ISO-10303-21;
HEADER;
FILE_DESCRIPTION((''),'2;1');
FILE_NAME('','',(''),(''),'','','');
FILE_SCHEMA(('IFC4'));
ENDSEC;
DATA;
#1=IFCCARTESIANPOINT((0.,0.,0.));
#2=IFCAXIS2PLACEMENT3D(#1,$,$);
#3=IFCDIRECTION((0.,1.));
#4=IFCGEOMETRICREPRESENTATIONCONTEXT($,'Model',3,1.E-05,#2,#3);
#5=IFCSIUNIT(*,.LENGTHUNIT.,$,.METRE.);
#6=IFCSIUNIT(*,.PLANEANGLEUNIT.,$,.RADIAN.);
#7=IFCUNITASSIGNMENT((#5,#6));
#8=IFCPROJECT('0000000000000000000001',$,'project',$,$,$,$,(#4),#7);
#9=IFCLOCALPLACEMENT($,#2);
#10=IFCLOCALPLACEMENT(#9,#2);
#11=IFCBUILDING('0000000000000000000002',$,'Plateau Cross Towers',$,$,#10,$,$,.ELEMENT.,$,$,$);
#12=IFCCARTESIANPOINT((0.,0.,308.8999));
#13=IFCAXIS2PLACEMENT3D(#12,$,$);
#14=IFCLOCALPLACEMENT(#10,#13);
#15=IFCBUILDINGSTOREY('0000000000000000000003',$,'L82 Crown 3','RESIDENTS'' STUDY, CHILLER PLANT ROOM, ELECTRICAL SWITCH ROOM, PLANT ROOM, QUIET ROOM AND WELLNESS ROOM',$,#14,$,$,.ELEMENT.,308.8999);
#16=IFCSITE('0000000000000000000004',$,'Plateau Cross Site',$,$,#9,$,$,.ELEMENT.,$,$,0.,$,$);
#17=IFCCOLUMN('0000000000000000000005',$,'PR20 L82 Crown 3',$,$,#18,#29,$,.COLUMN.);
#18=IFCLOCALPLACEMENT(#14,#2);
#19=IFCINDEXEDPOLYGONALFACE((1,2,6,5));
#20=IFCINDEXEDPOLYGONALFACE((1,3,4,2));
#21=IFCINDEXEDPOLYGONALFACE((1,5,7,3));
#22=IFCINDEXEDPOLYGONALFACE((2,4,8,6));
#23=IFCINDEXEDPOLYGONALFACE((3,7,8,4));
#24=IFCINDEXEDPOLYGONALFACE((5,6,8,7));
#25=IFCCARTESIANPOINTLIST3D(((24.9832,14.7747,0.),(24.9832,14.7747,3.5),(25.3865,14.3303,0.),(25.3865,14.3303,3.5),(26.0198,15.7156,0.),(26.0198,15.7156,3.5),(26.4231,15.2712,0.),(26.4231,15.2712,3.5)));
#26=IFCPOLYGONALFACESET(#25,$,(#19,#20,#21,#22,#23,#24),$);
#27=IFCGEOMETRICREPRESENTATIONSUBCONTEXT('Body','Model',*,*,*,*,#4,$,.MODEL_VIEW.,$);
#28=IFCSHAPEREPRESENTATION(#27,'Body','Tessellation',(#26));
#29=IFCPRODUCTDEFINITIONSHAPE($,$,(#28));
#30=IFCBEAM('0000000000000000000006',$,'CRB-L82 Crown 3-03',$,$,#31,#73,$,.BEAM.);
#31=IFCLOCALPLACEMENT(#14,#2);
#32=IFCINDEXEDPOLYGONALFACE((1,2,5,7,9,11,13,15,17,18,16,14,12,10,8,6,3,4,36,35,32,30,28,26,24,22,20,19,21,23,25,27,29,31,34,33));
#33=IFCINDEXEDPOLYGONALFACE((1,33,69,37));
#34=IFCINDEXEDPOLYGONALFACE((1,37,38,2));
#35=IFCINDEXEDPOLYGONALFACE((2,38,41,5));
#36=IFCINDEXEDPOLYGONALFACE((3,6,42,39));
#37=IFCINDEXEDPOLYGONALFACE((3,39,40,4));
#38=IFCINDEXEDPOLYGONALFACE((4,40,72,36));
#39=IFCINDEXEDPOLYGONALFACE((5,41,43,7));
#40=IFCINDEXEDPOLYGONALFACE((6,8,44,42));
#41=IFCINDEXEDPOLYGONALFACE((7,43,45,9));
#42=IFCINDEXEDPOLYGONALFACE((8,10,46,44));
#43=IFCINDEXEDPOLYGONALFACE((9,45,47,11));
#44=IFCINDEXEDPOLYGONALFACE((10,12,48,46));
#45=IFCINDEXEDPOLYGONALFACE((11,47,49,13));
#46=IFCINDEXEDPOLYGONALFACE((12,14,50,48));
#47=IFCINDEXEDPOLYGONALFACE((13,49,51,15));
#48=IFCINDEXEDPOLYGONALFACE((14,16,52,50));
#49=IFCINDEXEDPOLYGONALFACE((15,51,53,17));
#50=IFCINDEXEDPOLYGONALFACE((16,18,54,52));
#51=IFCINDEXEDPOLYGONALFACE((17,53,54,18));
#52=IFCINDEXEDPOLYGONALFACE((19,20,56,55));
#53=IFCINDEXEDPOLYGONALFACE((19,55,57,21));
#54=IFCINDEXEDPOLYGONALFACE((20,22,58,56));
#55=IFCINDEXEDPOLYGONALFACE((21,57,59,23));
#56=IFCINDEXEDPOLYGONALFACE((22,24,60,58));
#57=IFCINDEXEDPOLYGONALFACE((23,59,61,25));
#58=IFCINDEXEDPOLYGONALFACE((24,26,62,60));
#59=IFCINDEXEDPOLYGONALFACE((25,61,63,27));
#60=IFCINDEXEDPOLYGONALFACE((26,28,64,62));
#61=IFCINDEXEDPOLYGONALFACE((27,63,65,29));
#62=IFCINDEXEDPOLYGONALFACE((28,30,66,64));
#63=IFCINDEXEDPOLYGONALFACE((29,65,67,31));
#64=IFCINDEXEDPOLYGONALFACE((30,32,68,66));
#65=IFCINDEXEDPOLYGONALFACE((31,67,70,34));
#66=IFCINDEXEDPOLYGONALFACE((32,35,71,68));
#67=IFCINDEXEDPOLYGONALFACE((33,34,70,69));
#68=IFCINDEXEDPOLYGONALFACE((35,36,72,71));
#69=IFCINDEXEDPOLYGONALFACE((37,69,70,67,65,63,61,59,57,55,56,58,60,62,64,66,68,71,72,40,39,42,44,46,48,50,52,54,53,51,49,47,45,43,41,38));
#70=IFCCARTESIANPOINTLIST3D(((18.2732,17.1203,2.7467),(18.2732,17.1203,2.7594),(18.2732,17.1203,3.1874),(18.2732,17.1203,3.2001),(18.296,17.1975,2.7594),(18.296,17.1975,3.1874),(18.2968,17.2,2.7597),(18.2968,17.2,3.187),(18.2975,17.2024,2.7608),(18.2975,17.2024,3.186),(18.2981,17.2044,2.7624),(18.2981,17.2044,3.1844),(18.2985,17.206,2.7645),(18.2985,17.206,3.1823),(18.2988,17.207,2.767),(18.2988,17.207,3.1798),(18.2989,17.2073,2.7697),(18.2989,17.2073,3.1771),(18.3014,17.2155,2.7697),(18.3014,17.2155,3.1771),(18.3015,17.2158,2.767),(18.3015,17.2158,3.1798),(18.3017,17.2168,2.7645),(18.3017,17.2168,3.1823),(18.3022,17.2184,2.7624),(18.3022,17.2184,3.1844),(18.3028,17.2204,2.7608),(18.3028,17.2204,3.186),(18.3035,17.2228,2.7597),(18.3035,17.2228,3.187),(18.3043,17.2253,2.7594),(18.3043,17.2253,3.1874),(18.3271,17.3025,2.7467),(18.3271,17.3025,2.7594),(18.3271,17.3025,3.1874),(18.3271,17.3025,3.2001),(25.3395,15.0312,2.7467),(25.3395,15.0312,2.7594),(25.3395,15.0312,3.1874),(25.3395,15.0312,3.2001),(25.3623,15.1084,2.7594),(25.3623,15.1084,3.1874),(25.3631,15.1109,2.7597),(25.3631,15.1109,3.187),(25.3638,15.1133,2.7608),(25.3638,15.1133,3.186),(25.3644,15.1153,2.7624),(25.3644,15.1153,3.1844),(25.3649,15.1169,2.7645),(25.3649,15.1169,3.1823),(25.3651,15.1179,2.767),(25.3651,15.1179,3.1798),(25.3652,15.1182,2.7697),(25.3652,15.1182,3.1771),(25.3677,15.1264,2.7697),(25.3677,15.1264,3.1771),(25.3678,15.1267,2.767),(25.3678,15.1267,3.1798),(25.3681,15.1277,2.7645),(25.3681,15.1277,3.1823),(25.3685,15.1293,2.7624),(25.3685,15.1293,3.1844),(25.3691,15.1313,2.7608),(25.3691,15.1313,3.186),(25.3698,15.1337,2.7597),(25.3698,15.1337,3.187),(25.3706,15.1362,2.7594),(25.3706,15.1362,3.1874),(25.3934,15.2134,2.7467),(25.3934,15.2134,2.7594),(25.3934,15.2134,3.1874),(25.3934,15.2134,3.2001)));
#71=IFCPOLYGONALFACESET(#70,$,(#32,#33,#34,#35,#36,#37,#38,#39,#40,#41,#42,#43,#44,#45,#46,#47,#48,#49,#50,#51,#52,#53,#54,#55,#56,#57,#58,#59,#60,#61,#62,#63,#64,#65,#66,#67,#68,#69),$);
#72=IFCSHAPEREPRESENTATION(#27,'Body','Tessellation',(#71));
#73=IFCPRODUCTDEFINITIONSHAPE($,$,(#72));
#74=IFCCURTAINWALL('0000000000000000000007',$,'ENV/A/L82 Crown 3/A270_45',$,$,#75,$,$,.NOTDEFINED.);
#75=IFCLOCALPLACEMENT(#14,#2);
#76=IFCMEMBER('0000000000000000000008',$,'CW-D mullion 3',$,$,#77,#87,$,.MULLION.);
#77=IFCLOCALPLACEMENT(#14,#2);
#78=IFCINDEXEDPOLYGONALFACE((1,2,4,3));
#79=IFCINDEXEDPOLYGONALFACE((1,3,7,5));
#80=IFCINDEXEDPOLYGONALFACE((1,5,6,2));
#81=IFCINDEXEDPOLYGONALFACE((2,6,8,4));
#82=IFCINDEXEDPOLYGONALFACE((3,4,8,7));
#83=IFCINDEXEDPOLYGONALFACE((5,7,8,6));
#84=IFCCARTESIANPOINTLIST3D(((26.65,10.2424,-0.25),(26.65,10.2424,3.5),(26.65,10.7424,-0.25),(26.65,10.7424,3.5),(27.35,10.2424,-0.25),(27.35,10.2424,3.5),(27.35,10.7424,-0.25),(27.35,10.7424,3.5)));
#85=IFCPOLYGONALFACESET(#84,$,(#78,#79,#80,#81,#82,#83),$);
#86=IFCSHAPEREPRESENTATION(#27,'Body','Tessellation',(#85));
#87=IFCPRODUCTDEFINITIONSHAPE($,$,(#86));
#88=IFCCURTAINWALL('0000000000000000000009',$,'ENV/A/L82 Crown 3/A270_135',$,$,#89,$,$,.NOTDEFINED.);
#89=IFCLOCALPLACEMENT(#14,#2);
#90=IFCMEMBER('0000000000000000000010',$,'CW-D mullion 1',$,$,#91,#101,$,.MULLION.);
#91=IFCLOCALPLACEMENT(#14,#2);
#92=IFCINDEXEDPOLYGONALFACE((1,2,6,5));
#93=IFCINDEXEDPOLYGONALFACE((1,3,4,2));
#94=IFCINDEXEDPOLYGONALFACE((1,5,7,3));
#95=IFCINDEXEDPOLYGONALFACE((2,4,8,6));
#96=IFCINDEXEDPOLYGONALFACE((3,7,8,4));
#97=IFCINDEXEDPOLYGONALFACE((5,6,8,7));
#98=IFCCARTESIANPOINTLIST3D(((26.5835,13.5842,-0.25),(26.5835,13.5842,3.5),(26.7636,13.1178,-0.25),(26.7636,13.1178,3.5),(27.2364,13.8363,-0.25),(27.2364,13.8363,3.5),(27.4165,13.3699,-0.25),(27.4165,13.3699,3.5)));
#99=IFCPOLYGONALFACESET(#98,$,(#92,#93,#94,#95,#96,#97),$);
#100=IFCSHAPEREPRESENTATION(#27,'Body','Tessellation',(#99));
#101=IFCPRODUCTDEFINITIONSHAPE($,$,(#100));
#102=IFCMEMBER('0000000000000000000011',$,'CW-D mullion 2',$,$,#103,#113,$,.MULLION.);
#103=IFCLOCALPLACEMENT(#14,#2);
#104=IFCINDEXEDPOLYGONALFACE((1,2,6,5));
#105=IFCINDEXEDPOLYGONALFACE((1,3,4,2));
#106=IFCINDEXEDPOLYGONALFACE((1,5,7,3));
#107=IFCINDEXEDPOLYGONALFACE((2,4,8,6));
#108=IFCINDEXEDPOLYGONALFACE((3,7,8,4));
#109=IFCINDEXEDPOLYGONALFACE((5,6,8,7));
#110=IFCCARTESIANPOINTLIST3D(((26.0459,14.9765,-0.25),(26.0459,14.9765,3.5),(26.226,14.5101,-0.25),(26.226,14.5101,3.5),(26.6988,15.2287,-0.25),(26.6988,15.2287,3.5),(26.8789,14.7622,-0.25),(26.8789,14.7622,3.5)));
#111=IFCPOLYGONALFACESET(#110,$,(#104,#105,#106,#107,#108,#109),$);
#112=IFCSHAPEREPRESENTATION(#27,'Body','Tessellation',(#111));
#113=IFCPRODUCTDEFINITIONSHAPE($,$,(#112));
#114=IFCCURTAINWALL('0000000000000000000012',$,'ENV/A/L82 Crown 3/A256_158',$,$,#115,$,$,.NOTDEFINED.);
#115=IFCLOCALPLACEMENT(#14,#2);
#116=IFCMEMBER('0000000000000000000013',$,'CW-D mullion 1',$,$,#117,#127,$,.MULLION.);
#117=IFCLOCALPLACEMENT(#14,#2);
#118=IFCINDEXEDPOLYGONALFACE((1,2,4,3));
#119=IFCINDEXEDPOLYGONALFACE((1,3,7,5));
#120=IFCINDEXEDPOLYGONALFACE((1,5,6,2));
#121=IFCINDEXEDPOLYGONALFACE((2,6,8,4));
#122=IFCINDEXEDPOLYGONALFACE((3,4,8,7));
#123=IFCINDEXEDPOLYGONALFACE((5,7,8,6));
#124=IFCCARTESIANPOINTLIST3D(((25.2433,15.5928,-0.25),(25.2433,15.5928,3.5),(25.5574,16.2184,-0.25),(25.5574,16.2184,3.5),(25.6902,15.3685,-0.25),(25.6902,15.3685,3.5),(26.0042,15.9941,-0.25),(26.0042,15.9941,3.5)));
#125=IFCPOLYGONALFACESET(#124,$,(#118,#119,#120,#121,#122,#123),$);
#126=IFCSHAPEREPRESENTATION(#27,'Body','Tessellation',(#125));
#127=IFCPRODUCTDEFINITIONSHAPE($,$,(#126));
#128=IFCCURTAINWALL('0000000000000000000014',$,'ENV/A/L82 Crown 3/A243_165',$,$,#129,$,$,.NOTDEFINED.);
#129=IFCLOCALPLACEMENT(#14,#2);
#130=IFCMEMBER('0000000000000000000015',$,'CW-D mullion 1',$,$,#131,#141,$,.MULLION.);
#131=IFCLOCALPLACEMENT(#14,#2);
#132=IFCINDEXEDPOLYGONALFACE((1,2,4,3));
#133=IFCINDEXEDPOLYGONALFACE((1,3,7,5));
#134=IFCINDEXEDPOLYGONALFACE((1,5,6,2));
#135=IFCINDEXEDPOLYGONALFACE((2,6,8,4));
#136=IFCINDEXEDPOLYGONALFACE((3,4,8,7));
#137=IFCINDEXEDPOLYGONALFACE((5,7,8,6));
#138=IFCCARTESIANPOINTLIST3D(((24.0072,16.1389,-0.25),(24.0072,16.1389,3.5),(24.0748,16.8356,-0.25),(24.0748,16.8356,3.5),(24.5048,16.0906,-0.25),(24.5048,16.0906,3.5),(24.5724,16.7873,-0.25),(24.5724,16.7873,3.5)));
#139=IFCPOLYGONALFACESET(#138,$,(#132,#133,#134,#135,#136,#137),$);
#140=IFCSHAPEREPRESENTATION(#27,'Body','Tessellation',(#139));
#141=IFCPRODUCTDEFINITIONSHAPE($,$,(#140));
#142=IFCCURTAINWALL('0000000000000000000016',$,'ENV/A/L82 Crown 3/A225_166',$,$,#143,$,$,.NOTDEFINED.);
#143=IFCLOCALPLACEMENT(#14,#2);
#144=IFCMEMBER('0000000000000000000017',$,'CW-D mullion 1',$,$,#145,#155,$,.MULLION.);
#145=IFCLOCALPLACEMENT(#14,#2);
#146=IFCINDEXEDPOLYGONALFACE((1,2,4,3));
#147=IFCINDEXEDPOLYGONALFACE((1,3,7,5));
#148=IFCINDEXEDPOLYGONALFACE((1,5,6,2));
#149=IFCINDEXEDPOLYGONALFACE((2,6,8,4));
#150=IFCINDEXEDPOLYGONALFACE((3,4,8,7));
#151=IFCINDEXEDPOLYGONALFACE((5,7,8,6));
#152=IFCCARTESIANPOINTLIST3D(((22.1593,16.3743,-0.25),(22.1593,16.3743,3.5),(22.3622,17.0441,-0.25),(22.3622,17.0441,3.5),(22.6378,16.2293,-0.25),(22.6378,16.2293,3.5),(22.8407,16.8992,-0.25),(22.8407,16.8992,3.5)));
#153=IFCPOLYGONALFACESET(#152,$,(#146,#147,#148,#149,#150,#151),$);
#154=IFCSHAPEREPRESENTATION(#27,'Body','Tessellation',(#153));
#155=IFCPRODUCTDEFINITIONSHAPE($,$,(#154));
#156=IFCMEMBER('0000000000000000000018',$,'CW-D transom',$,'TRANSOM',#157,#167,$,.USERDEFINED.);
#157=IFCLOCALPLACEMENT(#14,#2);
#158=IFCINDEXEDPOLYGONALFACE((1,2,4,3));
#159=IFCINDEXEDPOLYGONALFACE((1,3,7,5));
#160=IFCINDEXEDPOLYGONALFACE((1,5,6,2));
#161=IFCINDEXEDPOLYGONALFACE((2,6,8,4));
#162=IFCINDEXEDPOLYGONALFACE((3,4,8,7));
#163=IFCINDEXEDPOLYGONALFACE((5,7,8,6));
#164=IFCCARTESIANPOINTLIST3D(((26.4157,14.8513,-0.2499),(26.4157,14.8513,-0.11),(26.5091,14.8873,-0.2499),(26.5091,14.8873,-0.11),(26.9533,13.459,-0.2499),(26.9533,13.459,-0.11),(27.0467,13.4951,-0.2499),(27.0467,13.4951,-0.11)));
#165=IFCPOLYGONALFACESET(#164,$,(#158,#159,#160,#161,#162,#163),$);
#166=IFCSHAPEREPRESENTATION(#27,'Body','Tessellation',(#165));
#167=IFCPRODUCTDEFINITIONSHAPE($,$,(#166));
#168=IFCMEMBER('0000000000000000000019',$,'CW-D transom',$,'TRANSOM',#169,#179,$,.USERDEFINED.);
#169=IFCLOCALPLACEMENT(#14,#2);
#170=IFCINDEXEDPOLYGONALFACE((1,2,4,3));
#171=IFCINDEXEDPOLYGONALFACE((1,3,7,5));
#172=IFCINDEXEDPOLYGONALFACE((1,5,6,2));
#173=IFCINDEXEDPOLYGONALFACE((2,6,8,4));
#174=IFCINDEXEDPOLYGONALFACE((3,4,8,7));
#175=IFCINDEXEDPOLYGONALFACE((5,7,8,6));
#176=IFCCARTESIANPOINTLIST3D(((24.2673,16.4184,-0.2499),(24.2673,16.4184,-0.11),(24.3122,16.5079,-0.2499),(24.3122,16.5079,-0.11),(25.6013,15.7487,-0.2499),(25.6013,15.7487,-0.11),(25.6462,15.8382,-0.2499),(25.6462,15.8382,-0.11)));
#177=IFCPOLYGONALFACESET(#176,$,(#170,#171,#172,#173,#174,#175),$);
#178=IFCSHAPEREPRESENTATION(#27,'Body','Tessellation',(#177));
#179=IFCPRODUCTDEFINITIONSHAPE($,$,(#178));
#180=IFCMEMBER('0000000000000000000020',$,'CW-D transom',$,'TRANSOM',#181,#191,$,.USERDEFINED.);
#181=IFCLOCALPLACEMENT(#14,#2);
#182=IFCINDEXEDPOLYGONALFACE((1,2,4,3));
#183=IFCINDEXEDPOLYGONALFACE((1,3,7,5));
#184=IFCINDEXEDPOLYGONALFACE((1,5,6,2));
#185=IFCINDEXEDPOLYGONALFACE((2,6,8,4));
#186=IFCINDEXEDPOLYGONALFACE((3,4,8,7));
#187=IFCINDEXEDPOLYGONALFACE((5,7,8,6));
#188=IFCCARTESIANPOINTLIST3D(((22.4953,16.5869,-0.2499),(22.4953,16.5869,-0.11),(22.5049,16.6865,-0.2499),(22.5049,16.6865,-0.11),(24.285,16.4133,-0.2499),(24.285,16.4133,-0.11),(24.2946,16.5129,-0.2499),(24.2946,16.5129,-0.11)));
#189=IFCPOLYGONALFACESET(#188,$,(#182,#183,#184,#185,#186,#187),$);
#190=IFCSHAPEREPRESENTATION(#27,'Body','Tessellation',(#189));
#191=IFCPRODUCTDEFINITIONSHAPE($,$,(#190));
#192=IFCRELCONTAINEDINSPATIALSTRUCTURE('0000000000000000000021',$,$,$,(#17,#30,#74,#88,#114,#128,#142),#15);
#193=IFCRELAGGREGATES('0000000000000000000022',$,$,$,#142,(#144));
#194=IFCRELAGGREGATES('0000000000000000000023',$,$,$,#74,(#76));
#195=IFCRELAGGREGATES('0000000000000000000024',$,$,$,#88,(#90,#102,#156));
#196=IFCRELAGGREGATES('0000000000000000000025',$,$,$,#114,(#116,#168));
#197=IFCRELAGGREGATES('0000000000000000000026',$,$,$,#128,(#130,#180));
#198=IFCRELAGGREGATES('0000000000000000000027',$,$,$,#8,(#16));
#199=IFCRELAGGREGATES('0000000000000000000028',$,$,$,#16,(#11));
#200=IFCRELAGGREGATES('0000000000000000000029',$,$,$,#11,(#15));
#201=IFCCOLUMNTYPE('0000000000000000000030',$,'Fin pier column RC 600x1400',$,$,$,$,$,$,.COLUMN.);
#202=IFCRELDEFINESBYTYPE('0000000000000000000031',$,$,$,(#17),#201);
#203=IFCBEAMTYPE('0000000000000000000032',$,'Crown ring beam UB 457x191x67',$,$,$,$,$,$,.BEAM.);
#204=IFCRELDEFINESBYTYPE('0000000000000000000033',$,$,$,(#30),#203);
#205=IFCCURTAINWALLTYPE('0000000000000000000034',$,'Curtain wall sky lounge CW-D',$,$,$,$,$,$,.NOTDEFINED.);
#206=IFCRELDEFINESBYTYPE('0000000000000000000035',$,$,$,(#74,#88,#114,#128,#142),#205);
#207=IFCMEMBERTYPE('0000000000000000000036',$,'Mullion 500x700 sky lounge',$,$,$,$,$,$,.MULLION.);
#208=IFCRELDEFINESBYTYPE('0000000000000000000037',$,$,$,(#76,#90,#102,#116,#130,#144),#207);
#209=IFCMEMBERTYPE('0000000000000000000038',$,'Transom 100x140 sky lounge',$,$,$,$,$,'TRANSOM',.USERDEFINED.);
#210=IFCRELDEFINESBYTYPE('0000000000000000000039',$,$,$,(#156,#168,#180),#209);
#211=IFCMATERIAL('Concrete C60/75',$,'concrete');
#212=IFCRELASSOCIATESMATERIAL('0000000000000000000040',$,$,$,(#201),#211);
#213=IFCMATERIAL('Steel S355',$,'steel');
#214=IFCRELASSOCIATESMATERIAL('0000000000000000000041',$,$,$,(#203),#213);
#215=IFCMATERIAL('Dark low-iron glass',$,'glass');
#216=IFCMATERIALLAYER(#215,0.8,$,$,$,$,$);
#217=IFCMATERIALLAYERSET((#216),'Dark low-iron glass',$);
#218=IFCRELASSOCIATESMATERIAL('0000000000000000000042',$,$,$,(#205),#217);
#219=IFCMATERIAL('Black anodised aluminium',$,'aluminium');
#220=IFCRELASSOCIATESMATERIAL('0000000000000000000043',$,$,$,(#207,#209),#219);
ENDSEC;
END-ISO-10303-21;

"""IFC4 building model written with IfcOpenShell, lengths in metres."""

from ifc_helpers import new_model, si_unit, direction, frame, origin, origin_2d, place, context, subcontext, project, spatial, rectangle, i_section, extrude, material, layer, layer_set, material_profile, profile_set, type_object, element, aggregate, save


model = new_model("IFC4")

# Units and contexts
model_context = context("Model", 3, precision=1e-05, world=origin(), true_north=direction((0.0, 1.0)))
body_context = subcontext(model_context, "Body", "Model", "MODEL_VIEW")
ifc_project = project(units=[si_unit("LENGTHUNIT", "METRE"), si_unit("PLANEANGLEUNIT", "RADIAN")], contexts=[model_context])

# Site, building, storey
site_placement = place(None, origin())
site = spatial("IfcSite", under=ifc_project, at=site_placement, Name="Plateau Cross Site", CompositionType="ELEMENT", RefElevation=0.0)
building_placement = place(site_placement, origin())
building = spatial("IfcBuilding", under=site, at=building_placement, Name="Plateau Cross Towers", CompositionType="ELEMENT")
storey_placement = place(building_placement, frame((0.0, 0.0, 308.8999)))
storey = spatial("IfcBuildingStorey", under=building, at=storey_placement, Name="L82 Crown 3", Description="RESIDENTS' STUDY, CHILLER PLANT ROOM, ELECTRICAL SWITCH ROOM, PLANT ROOM, QUIET ROOM AND WELLNESS ROOM", CompositionType="ELEMENT", Elevation=308.8999)

# Column
ifc_material_1 = material(Name="Concrete C60/75", Category="concrete")
ifc_material_profile_1 = material_profile(ifc_material_1, rectangle(XDim=0.6001, YDim=1.3999, at=origin_2d()), Name="RC 600x1400")
ifc_profile_set_1 = profile_set([ifc_material_profile_1], Name="Concrete C60/75")
column_type = type_object("IfcColumnType", Name="Fin pier column RC 600x1400", PredefinedType="COLUMN", material=ifc_profile_set_1)
column_placement = place(storey_placement, frame((25.7031, 15.0229, 0.0), z_axis=(0.0, 0.0, 1.0), x_axis=(-0.672084, 0.740475, 0.0)))
element("IfcColumn", 1, at=column_placement, inside=storey, type_object=column_type, Name="PR20 L82 Crown 3", PredefinedType="COLUMN", context=body_context, shape_type="SweptSolid", body=[
    extrude(rectangle(XDim=0.6001, YDim=1.3999, at=origin_2d()), origin(), (0.0, 0.0, 1.0), 3.5),
])

# Beam
ifc_material_2 = material(Name="Steel S355", Category="steel")
ifc_material_profile_2 = material_profile(ifc_material_2, i_section(OverallWidth=0.1899, OverallDepth=0.4534, WebThickness=0.0085, FlangeThickness=0.0127, FilletRadius=0.0103, at=origin_2d()), Name="UB 457x191x67")
ifc_profile_set_2 = profile_set([ifc_material_profile_2], Name="Steel S355")
beam_type = type_object("IfcBeamType", Name="Crown ring beam UB 457x191x67", PredefinedType="BEAM", material=ifc_profile_set_2)
beam_placement = place(storey_placement, frame((25.3665, 15.1223, 2.9734), z_axis=(-0.958969, 0.28351, 0.0), x_axis=(-0.28351, -0.958969, 0.0)))
element("IfcBeam", 2, at=beam_placement, inside=storey, type_object=beam_type, Name="CRB-L82 Crown 3-03", PredefinedType="BEAM", context=body_context, shape_type="SweptSolid", body=[
    extrude(i_section(OverallWidth=0.1899, OverallDepth=0.4534, WebThickness=0.0085, FlangeThickness=0.0127, FilletRadius=0.0103, at=origin_2d()), origin(), (0.0, 0.0, 1.0), 7.3687),
])

# Curtain wall, member
ifc_material_3 = material(Name="Dark low-iron glass", Category="glass")
ifc_layer_1 = layer(ifc_material_3, 0.8)
ifc_layer_set_1 = layer_set([ifc_layer_1], Name="Dark low-iron glass")
curtain_wall_type = type_object("IfcCurtainWallType", Name="Curtain wall sky lounge CW-D", PredefinedType="NOTDEFINED", material=ifc_layer_set_1)
curtain_wall_1_placement = place(storey_placement, origin())
curtain_wall_1 = element("IfcCurtainWall", 3, at=curtain_wall_1_placement, inside=storey, type_object=curtain_wall_type, Name="ENV/A/L82 Crown 3/A270_45", PredefinedType="NOTDEFINED")
ifc_material_4 = material(Name="Black anodised aluminium", Category="aluminium")
ifc_material_profile_3 = material_profile(ifc_material_4, rectangle(XDim=0.5, YDim=0.7, at=origin_2d()), Name="MULLION 500x700")
ifc_profile_set_3 = profile_set([ifc_material_profile_3], Name="Black anodised aluminium")
member_type_1 = type_object("IfcMemberType", Name="Mullion 500x700 sky lounge", PredefinedType="MULLION", material=ifc_profile_set_3)
member_1_placement = place(storey_placement, frame((27.0, 10.4924, -0.25), z_axis=(0.0, 0.0, 1.0), x_axis=(0.0, 1.0, 0.0)))
member_1 = element("IfcMember", 4, at=member_1_placement, type_object=member_type_1, Name="CW-D mullion 3", PredefinedType="MULLION", context=body_context, shape_type="SweptSolid", body=[
    extrude(rectangle(XDim=0.5, YDim=0.7, at=origin_2d()), origin(), (0.0, 0.0, 1.0), 3.75),
])

# Curtain wall, members
curtain_wall_2_placement = place(storey_placement, origin())
curtain_wall_2 = element("IfcCurtainWall", 5, at=curtain_wall_2_placement, inside=storey, type_object=curtain_wall_type, Name="ENV/A/L82 Crown 3/A270_135", PredefinedType="NOTDEFINED")
member_2_placement = place(storey_placement, frame((27.0, 13.4771, -0.25), z_axis=(0.0, 0.0, 1.0), x_axis=(-0.360226, 0.932865, 0.0)))
member_2 = element("IfcMember", 6, at=member_2_placement, type_object=member_type_1, Name="CW-D mullion 1", PredefinedType="MULLION", context=body_context, shape_type="SweptSolid", body=[
    extrude(rectangle(XDim=0.5, YDim=0.7, at=origin_2d()), origin(), (0.0, 0.0, 1.0), 3.75),
])
member_3_placement = place(storey_placement, frame((26.4624, 14.8694, -0.25), z_axis=(0.0, 0.0, 1.0), x_axis=(-0.360226, 0.932865, 0.0)))
member_3 = element("IfcMember", 7, at=member_3_placement, type_object=member_type_1, Name="CW-D mullion 2", PredefinedType="MULLION", context=body_context, shape_type="SweptSolid", body=[
    extrude(rectangle(XDim=0.5, YDim=0.7, at=origin_2d()), origin(), (0.0, 0.0, 1.0), 3.75),
])

# Curtain walls, members
curtain_wall_3_placement = place(storey_placement, origin())
curtain_wall_3 = element("IfcCurtainWall", 8, at=curtain_wall_3_placement, inside=storey, type_object=curtain_wall_type, Name="ENV/A/L82 Crown 3/A256_158", PredefinedType="NOTDEFINED")
member_4_placement = place(storey_placement, frame((25.6238, 15.7935, -0.25), z_axis=(0.0, 0.0, 1.0), x_axis=(-0.893702, 0.448661, 0.0)))
member_4 = element("IfcMember", 9, at=member_4_placement, type_object=member_type_1, Name="CW-D mullion 1", PredefinedType="MULLION", context=body_context, shape_type="SweptSolid", body=[
    extrude(rectangle(XDim=0.5, YDim=0.7, at=origin_2d()), origin(), (0.0, 0.0, 1.0), 3.75),
])
curtain_wall_4_placement = place(storey_placement, origin())
curtain_wall_4 = element("IfcCurtainWall", 10, at=curtain_wall_4_placement, inside=storey, type_object=curtain_wall_type, Name="ENV/A/L82 Crown 3/A243_165", PredefinedType="NOTDEFINED")
member_5_placement = place(storey_placement, frame((24.2898, 16.4631, -0.25), z_axis=(0.0, 0.0, 1.0), x_axis=(-0.995323, 0.096606, 0.0)))
member_5 = element("IfcMember", 11, at=member_5_placement, type_object=member_type_1, Name="CW-D mullion 1", PredefinedType="MULLION", context=body_context, shape_type="SweptSolid", body=[
    extrude(rectangle(XDim=0.5, YDim=0.7, at=origin_2d()), origin(), (0.0, 0.0, 1.0), 3.75),
])
curtain_wall_5_placement = place(storey_placement, origin())
curtain_wall_5 = element("IfcCurtainWall", 12, at=curtain_wall_5_placement, inside=storey, type_object=curtain_wall_type, Name="ENV/A/L82 Crown 3/A225_166", PredefinedType="NOTDEFINED")
member_6_placement = place(storey_placement, frame((22.5, 16.6367, -0.25), z_axis=(0.0, 0.0, 1.0), x_axis=(-0.957048, 0.289928, 0.0)))
member_6 = element("IfcMember", 13, at=member_6_placement, type_object=member_type_1, Name="CW-D mullion 1", PredefinedType="MULLION", context=body_context, shape_type="SweptSolid", body=[
    extrude(rectangle(XDim=0.5, YDim=0.7, at=origin_2d()), origin(), (0.0, 0.0, 1.0), 3.75),
])

# Members
ifc_material_profile_4 = material_profile(ifc_material_4, rectangle(XDim=0.1001, YDim=0.1399, at=origin_2d()), Name="TRANSOM 100x140")
ifc_profile_set_4 = profile_set([ifc_material_profile_4], Name="Black anodised aluminium")
member_type_2 = type_object("IfcMemberType", Name="Transom 100x140 sky lounge", ElementType="TRANSOM", PredefinedType="USERDEFINED", material=ifc_profile_set_4)
member_7_placement = place(storey_placement, frame((27.0, 13.4771, -0.1799), z_axis=(-0.360195, 0.932877, 0.0), x_axis=(-0.932877, -0.360195, 0.0)))
member_7 = element("IfcMember", 14, at=member_7_placement, type_object=member_type_2, Name="CW-D transom", ObjectType="TRANSOM", PredefinedType="USERDEFINED", context=body_context, shape_type="SweptSolid", body=[
    extrude(rectangle(XDim=0.1001, YDim=0.1399, at=origin_2d()), origin(), (0.0, 0.0, 1.0), 1.4924),
])
member_8_placement = place(storey_placement, frame((25.6238, 15.7935, -0.1799), z_axis=(-0.893706, 0.448652, 0.0), x_axis=(-0.448652, -0.893706, 0.0)))
member_8 = element("IfcMember", 15, at=member_8_placement, type_object=member_type_2, Name="CW-D transom", ObjectType="TRANSOM", PredefinedType="USERDEFINED", context=body_context, shape_type="SweptSolid", body=[
    extrude(rectangle(XDim=0.1001, YDim=0.1399, at=origin_2d()), origin(), (0.0, 0.0, 1.0), 1.4927),
])
member_9_placement = place(storey_placement, frame((24.2898, 16.4631, -0.1799), z_axis=(-0.99533, 0.096532, 0.0), x_axis=(-0.096532, -0.99533, 0.0)))
member_9 = element("IfcMember", 16, at=member_9_placement, type_object=member_type_2, Name="CW-D transom", ObjectType="TRANSOM", PredefinedType="USERDEFINED", context=body_context, shape_type="SweptSolid", body=[
    extrude(rectangle(XDim=0.1001, YDim=0.1399, at=origin_2d()), origin(), (0.0, 0.0, 1.0), 1.7981),
])
aggregate(curtain_wall_5, [member_6])

aggregate(curtain_wall_1, [member_1])
aggregate(curtain_wall_2, [member_2, member_3, member_7])
aggregate(curtain_wall_3, [member_4, member_8])
aggregate(curtain_wall_4, [member_5, member_9])

save(model, "model.ifc")
